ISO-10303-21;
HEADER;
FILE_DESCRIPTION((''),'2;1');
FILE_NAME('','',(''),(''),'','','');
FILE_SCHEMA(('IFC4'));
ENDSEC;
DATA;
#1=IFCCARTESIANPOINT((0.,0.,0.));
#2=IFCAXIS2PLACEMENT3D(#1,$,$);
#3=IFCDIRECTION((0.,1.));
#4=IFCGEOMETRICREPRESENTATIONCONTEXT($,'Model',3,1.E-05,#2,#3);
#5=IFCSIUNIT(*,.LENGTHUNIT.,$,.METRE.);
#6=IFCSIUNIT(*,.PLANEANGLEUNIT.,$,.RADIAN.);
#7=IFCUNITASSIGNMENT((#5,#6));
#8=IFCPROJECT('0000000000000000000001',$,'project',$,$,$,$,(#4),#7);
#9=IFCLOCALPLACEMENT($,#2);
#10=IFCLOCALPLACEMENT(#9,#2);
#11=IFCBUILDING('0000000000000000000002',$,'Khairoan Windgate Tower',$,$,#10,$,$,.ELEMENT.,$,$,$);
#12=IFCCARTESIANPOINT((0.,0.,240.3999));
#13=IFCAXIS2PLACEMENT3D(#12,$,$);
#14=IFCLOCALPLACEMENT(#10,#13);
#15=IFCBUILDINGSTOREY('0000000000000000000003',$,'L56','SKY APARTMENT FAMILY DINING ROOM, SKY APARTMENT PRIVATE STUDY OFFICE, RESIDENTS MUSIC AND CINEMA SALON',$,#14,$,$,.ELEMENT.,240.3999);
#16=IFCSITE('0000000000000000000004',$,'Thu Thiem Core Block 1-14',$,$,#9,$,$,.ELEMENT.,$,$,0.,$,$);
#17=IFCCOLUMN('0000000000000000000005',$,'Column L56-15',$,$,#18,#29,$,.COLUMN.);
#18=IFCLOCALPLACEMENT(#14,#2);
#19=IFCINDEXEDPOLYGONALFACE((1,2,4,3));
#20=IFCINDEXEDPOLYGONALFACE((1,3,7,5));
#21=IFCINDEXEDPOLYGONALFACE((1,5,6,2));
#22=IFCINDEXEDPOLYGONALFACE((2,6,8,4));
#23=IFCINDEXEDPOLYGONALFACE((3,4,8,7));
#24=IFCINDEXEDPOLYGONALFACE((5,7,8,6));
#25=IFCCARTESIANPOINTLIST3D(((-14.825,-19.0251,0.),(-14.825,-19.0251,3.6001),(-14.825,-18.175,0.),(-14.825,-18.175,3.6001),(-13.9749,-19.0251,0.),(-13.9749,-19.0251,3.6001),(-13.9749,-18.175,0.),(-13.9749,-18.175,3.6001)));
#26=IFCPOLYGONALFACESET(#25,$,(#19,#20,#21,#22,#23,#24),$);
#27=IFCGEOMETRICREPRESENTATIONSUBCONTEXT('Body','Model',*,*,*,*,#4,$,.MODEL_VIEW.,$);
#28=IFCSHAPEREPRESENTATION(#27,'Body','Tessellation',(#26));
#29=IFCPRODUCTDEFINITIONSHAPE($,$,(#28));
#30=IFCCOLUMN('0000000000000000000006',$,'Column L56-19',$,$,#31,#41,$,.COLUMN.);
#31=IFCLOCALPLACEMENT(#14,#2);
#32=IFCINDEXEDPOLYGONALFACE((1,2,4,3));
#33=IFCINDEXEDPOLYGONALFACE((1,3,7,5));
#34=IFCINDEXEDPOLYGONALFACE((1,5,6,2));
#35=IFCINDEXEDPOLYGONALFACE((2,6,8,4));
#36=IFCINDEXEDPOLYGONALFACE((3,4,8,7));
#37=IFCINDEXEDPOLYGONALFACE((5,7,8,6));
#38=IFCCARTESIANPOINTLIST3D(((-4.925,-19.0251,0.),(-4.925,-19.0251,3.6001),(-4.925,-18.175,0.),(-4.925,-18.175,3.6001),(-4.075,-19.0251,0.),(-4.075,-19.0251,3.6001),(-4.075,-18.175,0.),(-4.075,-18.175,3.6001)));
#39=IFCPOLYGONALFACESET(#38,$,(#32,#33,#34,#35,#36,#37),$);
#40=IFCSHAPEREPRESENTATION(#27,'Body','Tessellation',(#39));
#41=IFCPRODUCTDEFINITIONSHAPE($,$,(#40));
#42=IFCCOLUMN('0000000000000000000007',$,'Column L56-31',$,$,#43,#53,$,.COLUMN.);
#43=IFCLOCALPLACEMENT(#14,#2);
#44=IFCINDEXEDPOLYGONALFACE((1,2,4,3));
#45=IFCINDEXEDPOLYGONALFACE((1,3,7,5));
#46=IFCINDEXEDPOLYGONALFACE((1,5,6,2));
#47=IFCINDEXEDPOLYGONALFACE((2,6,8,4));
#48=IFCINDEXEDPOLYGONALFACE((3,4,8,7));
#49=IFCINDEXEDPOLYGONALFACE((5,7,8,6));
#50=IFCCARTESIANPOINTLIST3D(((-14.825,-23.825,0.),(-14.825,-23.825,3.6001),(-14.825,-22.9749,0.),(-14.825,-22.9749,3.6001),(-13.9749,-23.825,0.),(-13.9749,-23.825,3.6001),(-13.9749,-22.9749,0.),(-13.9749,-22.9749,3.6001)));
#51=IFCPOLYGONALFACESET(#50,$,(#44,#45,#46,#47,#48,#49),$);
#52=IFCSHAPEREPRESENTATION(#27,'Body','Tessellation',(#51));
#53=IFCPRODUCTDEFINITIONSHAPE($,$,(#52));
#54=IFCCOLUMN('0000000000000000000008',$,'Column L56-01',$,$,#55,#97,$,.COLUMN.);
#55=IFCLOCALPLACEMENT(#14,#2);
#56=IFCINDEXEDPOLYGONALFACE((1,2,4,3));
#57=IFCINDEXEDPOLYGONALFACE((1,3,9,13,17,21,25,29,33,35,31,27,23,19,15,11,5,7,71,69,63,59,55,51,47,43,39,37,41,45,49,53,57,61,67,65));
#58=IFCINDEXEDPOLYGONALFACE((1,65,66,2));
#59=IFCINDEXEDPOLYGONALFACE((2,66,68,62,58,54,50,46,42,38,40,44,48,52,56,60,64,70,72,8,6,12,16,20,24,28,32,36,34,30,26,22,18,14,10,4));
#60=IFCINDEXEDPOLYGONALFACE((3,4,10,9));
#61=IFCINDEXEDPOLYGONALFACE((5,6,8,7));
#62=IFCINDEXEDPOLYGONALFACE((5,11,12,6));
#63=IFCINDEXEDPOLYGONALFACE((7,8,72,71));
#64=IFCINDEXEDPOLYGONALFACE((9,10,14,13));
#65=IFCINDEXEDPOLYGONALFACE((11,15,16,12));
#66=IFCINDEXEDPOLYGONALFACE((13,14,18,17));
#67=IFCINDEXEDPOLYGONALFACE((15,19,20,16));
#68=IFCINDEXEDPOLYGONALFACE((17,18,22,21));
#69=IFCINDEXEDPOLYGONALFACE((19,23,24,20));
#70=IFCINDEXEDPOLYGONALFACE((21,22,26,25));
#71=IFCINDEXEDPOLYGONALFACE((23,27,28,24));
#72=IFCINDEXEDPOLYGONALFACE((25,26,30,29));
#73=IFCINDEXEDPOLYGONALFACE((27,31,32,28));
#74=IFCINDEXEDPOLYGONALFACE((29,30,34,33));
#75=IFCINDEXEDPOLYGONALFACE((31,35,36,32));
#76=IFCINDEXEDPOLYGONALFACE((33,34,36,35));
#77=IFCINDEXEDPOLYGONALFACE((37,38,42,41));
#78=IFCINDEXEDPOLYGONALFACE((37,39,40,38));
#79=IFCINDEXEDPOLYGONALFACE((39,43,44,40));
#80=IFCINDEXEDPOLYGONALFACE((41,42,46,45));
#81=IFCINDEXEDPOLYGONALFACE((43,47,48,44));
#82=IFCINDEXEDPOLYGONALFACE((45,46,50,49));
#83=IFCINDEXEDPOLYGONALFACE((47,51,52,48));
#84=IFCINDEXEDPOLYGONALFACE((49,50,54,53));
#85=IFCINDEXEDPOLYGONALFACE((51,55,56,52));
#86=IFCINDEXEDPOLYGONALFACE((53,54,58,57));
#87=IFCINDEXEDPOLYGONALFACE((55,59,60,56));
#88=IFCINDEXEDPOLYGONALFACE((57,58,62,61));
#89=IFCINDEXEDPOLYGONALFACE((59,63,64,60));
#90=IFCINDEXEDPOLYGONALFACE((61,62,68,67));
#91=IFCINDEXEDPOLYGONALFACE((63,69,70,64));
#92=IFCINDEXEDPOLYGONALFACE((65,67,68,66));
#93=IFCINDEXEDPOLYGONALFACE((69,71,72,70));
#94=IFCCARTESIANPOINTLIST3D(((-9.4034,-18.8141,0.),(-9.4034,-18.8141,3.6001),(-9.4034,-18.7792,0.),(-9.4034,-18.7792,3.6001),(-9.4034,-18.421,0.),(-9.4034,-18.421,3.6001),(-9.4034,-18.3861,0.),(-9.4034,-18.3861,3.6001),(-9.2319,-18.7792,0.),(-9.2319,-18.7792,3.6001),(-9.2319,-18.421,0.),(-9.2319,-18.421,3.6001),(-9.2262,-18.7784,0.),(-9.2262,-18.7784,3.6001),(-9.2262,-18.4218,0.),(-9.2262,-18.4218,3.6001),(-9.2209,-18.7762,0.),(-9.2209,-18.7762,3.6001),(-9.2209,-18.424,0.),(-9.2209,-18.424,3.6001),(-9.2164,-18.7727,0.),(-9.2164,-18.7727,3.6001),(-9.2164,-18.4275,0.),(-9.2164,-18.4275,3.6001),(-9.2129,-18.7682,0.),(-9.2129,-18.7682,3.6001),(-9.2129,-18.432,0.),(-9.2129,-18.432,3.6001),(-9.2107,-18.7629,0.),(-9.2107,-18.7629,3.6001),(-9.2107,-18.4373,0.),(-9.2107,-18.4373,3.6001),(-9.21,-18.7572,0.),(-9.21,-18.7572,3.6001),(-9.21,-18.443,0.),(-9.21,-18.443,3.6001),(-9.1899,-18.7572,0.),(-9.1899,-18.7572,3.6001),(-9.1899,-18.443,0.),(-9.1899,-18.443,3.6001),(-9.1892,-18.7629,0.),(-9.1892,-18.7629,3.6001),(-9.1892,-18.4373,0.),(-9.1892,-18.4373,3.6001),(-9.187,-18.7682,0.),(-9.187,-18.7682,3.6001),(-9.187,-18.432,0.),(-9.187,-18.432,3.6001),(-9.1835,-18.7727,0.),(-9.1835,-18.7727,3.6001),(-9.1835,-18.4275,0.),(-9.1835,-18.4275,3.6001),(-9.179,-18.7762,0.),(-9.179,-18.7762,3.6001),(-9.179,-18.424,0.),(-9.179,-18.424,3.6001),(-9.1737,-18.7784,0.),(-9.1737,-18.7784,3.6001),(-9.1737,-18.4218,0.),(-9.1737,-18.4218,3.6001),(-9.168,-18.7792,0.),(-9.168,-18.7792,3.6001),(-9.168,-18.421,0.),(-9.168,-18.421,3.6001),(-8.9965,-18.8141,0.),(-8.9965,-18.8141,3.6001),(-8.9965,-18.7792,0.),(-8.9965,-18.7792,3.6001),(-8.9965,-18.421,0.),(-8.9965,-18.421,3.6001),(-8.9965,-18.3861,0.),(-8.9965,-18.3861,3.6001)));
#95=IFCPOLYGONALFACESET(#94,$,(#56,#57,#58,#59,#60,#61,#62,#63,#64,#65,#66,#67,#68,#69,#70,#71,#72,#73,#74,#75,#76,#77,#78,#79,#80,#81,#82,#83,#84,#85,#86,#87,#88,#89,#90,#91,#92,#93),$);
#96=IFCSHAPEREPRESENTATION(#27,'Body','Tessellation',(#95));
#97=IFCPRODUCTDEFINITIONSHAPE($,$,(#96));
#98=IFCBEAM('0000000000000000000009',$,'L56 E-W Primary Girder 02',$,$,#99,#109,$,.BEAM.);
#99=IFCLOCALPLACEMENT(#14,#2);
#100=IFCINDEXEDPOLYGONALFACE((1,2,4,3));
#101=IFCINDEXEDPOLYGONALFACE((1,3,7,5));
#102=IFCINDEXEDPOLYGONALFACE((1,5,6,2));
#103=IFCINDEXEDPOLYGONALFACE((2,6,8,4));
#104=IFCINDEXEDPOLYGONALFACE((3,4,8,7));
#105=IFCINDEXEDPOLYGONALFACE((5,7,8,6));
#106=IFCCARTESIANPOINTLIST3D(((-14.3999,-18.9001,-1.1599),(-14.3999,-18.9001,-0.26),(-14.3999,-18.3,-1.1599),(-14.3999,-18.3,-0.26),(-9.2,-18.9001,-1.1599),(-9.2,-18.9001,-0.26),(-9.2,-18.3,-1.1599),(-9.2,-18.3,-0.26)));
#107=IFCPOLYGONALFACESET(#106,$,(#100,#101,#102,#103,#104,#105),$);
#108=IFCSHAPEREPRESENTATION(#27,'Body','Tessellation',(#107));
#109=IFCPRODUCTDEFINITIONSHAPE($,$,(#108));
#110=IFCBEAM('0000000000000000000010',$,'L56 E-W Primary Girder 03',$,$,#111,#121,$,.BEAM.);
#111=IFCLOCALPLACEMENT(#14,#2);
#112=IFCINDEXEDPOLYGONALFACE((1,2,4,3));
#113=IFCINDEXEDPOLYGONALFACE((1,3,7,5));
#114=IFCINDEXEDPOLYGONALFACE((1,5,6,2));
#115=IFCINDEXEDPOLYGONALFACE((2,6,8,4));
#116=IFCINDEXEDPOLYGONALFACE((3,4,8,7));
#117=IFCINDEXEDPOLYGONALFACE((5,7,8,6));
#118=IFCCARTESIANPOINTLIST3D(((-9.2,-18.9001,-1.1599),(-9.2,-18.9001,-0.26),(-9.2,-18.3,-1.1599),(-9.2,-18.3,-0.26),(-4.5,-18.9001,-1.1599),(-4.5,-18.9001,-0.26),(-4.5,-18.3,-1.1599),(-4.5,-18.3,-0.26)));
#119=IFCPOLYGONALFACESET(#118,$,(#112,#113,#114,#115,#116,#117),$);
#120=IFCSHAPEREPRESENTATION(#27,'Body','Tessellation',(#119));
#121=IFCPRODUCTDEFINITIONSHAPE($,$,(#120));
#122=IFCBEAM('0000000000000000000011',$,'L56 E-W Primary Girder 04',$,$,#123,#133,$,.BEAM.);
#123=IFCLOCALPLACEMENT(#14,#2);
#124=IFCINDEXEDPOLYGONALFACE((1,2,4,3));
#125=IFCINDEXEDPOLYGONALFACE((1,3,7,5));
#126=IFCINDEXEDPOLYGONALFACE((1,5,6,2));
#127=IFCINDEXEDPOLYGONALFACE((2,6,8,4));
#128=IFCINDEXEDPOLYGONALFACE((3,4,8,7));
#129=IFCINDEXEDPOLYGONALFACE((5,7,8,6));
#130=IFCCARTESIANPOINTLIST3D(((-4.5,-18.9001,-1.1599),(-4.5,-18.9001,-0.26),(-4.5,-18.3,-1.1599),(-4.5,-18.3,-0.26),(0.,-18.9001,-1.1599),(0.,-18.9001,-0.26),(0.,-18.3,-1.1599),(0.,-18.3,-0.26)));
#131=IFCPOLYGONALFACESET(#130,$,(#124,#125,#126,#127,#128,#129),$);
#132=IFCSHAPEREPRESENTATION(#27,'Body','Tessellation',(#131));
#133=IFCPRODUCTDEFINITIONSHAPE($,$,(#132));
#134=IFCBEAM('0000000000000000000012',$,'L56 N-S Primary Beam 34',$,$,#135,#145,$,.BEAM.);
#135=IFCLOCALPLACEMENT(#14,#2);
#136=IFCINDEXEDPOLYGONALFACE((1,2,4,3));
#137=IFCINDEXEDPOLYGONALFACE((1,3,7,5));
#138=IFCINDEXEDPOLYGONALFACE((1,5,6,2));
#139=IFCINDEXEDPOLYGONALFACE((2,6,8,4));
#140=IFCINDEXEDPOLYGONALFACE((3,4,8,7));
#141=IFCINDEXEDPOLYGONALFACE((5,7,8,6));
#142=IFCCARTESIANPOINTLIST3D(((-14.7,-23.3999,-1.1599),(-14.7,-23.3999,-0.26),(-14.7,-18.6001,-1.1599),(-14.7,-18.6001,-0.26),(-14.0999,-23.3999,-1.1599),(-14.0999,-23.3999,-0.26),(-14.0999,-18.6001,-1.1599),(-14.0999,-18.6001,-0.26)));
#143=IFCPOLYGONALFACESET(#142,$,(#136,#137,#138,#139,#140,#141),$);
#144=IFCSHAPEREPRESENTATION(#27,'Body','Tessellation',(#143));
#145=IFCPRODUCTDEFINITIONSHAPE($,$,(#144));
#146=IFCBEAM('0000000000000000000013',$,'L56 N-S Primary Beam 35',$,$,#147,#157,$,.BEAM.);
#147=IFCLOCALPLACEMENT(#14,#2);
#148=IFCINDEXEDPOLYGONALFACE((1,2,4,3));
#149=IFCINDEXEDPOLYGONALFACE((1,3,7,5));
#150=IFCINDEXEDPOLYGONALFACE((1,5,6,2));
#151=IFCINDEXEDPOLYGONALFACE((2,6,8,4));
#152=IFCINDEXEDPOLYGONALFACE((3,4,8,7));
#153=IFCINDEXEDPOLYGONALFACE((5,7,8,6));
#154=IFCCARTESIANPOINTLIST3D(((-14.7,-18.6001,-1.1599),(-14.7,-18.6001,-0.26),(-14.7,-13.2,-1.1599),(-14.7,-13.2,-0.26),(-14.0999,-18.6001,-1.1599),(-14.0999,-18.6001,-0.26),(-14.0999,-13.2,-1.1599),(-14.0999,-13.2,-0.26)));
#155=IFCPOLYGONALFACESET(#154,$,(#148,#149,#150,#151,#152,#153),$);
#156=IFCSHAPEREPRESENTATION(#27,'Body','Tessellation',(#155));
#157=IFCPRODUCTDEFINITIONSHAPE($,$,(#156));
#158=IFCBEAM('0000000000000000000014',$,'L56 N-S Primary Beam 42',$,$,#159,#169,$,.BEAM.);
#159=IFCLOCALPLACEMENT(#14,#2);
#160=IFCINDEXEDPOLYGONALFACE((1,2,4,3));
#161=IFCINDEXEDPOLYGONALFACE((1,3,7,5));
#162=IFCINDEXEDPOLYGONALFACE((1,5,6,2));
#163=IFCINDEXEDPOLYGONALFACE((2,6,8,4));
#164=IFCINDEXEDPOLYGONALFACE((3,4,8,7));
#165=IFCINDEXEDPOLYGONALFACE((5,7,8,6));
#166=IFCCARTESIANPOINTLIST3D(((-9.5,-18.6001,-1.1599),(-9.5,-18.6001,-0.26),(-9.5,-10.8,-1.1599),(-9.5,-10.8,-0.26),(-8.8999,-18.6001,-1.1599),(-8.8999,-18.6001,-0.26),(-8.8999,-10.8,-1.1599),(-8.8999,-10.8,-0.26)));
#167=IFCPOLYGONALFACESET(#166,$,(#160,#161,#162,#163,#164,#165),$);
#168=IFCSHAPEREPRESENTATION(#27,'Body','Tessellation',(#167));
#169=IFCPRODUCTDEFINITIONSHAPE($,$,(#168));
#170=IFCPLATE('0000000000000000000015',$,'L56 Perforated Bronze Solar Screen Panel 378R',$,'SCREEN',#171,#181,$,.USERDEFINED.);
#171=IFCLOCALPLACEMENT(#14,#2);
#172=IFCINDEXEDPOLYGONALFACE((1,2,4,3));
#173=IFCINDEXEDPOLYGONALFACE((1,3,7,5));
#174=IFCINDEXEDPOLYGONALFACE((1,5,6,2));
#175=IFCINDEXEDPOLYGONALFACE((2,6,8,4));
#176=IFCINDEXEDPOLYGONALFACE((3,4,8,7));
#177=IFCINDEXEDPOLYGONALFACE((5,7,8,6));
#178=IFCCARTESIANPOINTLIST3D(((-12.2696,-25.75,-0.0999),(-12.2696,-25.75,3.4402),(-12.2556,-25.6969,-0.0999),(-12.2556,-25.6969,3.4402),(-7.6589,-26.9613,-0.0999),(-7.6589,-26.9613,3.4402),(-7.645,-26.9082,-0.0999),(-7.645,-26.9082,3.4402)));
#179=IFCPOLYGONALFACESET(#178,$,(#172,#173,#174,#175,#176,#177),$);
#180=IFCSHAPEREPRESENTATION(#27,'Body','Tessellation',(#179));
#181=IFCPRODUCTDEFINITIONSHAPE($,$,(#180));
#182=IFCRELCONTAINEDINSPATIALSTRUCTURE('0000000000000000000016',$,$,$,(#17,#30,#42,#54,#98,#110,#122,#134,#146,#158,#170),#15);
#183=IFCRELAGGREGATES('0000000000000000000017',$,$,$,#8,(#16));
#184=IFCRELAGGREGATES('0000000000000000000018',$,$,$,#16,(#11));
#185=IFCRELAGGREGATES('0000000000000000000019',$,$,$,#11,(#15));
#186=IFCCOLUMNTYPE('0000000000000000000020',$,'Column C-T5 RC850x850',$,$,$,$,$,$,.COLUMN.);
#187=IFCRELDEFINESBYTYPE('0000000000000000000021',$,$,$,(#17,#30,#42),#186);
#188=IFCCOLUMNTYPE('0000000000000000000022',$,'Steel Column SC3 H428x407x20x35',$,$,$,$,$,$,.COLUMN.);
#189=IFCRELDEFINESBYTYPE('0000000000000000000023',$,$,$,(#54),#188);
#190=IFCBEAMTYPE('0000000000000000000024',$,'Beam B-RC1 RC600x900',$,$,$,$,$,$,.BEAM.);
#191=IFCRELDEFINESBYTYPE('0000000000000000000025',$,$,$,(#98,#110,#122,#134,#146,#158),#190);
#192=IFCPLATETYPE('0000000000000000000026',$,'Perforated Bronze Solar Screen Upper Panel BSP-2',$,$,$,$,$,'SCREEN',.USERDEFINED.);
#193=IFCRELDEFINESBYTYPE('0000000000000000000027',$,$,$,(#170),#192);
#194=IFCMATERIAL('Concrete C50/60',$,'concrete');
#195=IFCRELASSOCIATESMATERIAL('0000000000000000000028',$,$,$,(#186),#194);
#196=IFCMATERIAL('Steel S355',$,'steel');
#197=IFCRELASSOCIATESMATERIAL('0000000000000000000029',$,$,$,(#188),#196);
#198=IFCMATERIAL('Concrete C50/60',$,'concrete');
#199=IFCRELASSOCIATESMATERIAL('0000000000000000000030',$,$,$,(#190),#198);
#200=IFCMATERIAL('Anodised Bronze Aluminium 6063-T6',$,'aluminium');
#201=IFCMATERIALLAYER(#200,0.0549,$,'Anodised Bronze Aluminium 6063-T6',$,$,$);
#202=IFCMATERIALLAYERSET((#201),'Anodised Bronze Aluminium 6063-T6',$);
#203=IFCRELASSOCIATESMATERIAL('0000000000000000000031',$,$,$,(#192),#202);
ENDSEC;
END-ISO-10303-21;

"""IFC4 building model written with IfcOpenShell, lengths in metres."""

from ifc_helpers import new_model, si_unit, direction, frame, origin, origin_2d, place, context, subcontext, project, spatial, rectangle, i_section, extrude, material, layer, layer_set, material_profile, profile_set, type_object, element, save


model = new_model("IFC4")

# Units and contexts
model_context = context("Model", 3, precision=1e-05, world=origin(), true_north=direction((0.0, 1.0)))
body_context = subcontext(model_context, "Body", "Model", "MODEL_VIEW")
ifc_project = project(units=[si_unit("LENGTHUNIT", "METRE"), si_unit("PLANEANGLEUNIT", "RADIAN")], contexts=[model_context])

# Site, building, storey
site_placement = place(None, origin())
site = spatial("IfcSite", under=ifc_project, at=site_placement, Name="Thu Thiem Core Block 1-14", CompositionType="ELEMENT", RefElevation=0.0)
building_placement = place(site_placement, origin())
building = spatial("IfcBuilding", under=site, at=building_placement, Name="Khairoan Windgate Tower", CompositionType="ELEMENT")
storey_placement = place(building_placement, frame((0.0, 0.0, 240.3999)))
storey = spatial("IfcBuildingStorey", under=building, at=storey_placement, Name="L56", Description="SKY APARTMENT FAMILY DINING ROOM, SKY APARTMENT PRIVATE STUDY OFFICE, RESIDENTS MUSIC AND CINEMA SALON", CompositionType="ELEMENT", Elevation=240.3999)

# Columns
ifc_material_1 = material(Name="Concrete C50/60", Category="concrete")
ifc_material_profile_1 = material_profile(ifc_material_1, rectangle(XDim=0.8501, YDim=0.8501, at=origin_2d()))
ifc_profile_set_1 = profile_set([ifc_material_profile_1], Name="Concrete C50/60")
column_type_1 = type_object("IfcColumnType", Name="Column C-T5 RC850x850", PredefinedType="COLUMN", material=ifc_profile_set_1)
for number, where, z_axis, x_axis, name in (
    (1, (-14.3999, -18.6001, 0.0), (0.0, 0.0, 1.0), (1.0, 0.0, 0.0), "Column L56-15"),
    (2, (-4.5, -18.6001, 0.0), (0.0, 0.0, 1.0), (1.0, 0.0, 0.0), "Column L56-19"),
    (3, (-14.3999, -23.3999, 0.0), (0.0, 0.0, 1.0), (1.0, 0.0, 0.0), "Column L56-31"),
):
    element("IfcColumn", number, at=place(storey_placement, frame(where, z_axis=z_axis, x_axis=x_axis)), inside=storey, type_object=column_type_1, Name=name, PredefinedType="COLUMN", context=body_context, shape_type="SweptSolid", body=[
        extrude(rectangle(XDim=0.8501, YDim=0.8501, at=origin_2d()), origin(), (0.0, 0.0, 1.0), 3.6001),
    ])
ifc_material_2 = material(Name="Steel S355", Category="steel")
ifc_material_profile_2 = material_profile(ifc_material_2, i_section(OverallWidth=0.407, OverallDepth=0.428, WebThickness=0.02, FlangeThickness=0.0349, FilletRadius=0.022, at=origin_2d()))
ifc_profile_set_2 = profile_set([ifc_material_profile_2], Name="Steel S355")
column_type_2 = type_object("IfcColumnType", Name="Steel Column SC3 H428x407x20x35", PredefinedType="COLUMN", material=ifc_profile_set_2)
column_placement = place(storey_placement, frame((-9.2, -18.6001, 0.0), z_axis=(0.0, 0.0, 1.0), x_axis=(1.0, 0.0, 0.0)))
element("IfcColumn", 4, at=column_placement, inside=storey, type_object=column_type_2, Name="Column L56-01", PredefinedType="COLUMN", context=body_context, shape_type="SweptSolid", body=[
    extrude(i_section(OverallWidth=0.407, OverallDepth=0.428, WebThickness=0.02, FlangeThickness=0.0349, FilletRadius=0.022, at=origin_2d()), origin(), (0.0, 0.0, 1.0), 3.6001),
])

# Beams
ifc_material_3 = material(Name="Concrete C50/60", Category="concrete")
ifc_material_profile_3 = material_profile(ifc_material_3, rectangle(XDim=0.6001, YDim=0.8999, at=origin_2d()))
ifc_profile_set_3 = profile_set([ifc_material_profile_3], Name="Concrete C50/60")
beam_type = type_object("IfcBeamType", Name="Beam B-RC1 RC600x900", PredefinedType="BEAM", material=ifc_profile_set_3)
beam_1_placement = place(storey_placement, frame((-14.3999, -18.6001, -0.71), z_axis=(1.0, 0.0, 0.0), x_axis=(0.0, 1.0, 0.0)))
element("IfcBeam", 5, at=beam_1_placement, inside=storey, type_object=beam_type, Name="L56 E-W Primary Girder 02", PredefinedType="BEAM", context=body_context, shape_type="SweptSolid", body=[
    extrude(rectangle(XDim=0.6001, YDim=0.8999, at=origin_2d()), origin(), (0.0, 0.0, 1.0), 5.2),
])
beam_2_placement = place(storey_placement, frame((-9.2, -18.6001, -0.71), z_axis=(1.0, 0.0, 0.0), x_axis=(0.0, 1.0, 0.0)))
element("IfcBeam", 6, at=beam_2_placement, inside=storey, type_object=beam_type, Name="L56 E-W Primary Girder 03", PredefinedType="BEAM", context=body_context, shape_type="SweptSolid", body=[
    extrude(rectangle(XDim=0.6001, YDim=0.8999, at=origin_2d()), origin(), (0.0, 0.0, 1.0), 4.7),
])
beam_3_placement = place(storey_placement, frame((-4.5, -18.6001, -0.71), z_axis=(1.0, 0.0, 0.0), x_axis=(0.0, 1.0, 0.0)))
element("IfcBeam", 7, at=beam_3_placement, inside=storey, type_object=beam_type, Name="L56 E-W Primary Girder 04", PredefinedType="BEAM", context=body_context, shape_type="SweptSolid", body=[
    extrude(rectangle(XDim=0.6001, YDim=0.8999, at=origin_2d()), origin(), (0.0, 0.0, 1.0), 4.5),
])
beam_4_placement = place(storey_placement, frame((-14.3999, -23.3999, -0.71), z_axis=(0.0, 1.0, 0.0), x_axis=(-1.0, 0.0, 0.0)))
element("IfcBeam", 8, at=beam_4_placement, inside=storey, type_object=beam_type, Name="L56 N-S Primary Beam 34", PredefinedType="BEAM", context=body_context, shape_type="SweptSolid", body=[
    extrude(rectangle(XDim=0.6001, YDim=0.8999, at=origin_2d()), origin(), (0.0, 0.0, 1.0), 4.7998),
])
beam_5_placement = place(storey_placement, frame((-14.3999, -18.6001, -0.71), z_axis=(0.0, 1.0, 0.0), x_axis=(-1.0, 0.0, 0.0)))
element("IfcBeam", 9, at=beam_5_placement, inside=storey, type_object=beam_type, Name="L56 N-S Primary Beam 35", PredefinedType="BEAM", context=body_context, shape_type="SweptSolid", body=[
    extrude(rectangle(XDim=0.6001, YDim=0.8999, at=origin_2d()), origin(), (0.0, 0.0, 1.0), 5.4001),
])
beam_6_placement = place(storey_placement, frame((-9.2, -18.6001, -0.71), z_axis=(0.0, 1.0, 0.0), x_axis=(-1.0, 0.0, 0.0)))
element("IfcBeam", 10, at=beam_6_placement, inside=storey, type_object=beam_type, Name="L56 N-S Primary Beam 42", PredefinedType="BEAM", context=body_context, shape_type="SweptSolid", body=[
    extrude(rectangle(XDim=0.6001, YDim=0.8999, at=origin_2d()), origin(), (0.0, 0.0, 1.0), 7.8),
])

# Plate
ifc_material_4 = material(Name="Anodised Bronze Aluminium 6063-T6", Category="aluminium")
ifc_layer_1 = layer(ifc_material_4, 0.0549, Name="Anodised Bronze Aluminium 6063-T6")
ifc_layer_set_1 = layer_set([ifc_layer_1], Name="Anodised Bronze Aluminium 6063-T6")
plate_type = type_object("IfcPlateType", Name="Perforated Bronze Solar Screen Upper Panel BSP-2", ElementType="SCREEN", PredefinedType="USERDEFINED", material=ifc_layer_set_1)
plate_placement = place(storey_placement, frame((-9.9573, -26.3291, -0.0999), z_axis=(0.0, 0.0, 1.0), x_axis=(-0.967179, 0.254096, 0.0)))
element("IfcPlate", 11, at=plate_placement, inside=storey, type_object=plate_type, Name="L56 Perforated Bronze Solar Screen Panel 378R", ObjectType="SCREEN", PredefinedType="USERDEFINED", context=body_context, shape_type="SweptSolid", body=[
    extrude(rectangle(XDim=4.7671, YDim=0.0549, at=origin_2d()), origin(), (0.0, 0.0, 1.0), 3.54),
])

save(model, "model.ifc")
